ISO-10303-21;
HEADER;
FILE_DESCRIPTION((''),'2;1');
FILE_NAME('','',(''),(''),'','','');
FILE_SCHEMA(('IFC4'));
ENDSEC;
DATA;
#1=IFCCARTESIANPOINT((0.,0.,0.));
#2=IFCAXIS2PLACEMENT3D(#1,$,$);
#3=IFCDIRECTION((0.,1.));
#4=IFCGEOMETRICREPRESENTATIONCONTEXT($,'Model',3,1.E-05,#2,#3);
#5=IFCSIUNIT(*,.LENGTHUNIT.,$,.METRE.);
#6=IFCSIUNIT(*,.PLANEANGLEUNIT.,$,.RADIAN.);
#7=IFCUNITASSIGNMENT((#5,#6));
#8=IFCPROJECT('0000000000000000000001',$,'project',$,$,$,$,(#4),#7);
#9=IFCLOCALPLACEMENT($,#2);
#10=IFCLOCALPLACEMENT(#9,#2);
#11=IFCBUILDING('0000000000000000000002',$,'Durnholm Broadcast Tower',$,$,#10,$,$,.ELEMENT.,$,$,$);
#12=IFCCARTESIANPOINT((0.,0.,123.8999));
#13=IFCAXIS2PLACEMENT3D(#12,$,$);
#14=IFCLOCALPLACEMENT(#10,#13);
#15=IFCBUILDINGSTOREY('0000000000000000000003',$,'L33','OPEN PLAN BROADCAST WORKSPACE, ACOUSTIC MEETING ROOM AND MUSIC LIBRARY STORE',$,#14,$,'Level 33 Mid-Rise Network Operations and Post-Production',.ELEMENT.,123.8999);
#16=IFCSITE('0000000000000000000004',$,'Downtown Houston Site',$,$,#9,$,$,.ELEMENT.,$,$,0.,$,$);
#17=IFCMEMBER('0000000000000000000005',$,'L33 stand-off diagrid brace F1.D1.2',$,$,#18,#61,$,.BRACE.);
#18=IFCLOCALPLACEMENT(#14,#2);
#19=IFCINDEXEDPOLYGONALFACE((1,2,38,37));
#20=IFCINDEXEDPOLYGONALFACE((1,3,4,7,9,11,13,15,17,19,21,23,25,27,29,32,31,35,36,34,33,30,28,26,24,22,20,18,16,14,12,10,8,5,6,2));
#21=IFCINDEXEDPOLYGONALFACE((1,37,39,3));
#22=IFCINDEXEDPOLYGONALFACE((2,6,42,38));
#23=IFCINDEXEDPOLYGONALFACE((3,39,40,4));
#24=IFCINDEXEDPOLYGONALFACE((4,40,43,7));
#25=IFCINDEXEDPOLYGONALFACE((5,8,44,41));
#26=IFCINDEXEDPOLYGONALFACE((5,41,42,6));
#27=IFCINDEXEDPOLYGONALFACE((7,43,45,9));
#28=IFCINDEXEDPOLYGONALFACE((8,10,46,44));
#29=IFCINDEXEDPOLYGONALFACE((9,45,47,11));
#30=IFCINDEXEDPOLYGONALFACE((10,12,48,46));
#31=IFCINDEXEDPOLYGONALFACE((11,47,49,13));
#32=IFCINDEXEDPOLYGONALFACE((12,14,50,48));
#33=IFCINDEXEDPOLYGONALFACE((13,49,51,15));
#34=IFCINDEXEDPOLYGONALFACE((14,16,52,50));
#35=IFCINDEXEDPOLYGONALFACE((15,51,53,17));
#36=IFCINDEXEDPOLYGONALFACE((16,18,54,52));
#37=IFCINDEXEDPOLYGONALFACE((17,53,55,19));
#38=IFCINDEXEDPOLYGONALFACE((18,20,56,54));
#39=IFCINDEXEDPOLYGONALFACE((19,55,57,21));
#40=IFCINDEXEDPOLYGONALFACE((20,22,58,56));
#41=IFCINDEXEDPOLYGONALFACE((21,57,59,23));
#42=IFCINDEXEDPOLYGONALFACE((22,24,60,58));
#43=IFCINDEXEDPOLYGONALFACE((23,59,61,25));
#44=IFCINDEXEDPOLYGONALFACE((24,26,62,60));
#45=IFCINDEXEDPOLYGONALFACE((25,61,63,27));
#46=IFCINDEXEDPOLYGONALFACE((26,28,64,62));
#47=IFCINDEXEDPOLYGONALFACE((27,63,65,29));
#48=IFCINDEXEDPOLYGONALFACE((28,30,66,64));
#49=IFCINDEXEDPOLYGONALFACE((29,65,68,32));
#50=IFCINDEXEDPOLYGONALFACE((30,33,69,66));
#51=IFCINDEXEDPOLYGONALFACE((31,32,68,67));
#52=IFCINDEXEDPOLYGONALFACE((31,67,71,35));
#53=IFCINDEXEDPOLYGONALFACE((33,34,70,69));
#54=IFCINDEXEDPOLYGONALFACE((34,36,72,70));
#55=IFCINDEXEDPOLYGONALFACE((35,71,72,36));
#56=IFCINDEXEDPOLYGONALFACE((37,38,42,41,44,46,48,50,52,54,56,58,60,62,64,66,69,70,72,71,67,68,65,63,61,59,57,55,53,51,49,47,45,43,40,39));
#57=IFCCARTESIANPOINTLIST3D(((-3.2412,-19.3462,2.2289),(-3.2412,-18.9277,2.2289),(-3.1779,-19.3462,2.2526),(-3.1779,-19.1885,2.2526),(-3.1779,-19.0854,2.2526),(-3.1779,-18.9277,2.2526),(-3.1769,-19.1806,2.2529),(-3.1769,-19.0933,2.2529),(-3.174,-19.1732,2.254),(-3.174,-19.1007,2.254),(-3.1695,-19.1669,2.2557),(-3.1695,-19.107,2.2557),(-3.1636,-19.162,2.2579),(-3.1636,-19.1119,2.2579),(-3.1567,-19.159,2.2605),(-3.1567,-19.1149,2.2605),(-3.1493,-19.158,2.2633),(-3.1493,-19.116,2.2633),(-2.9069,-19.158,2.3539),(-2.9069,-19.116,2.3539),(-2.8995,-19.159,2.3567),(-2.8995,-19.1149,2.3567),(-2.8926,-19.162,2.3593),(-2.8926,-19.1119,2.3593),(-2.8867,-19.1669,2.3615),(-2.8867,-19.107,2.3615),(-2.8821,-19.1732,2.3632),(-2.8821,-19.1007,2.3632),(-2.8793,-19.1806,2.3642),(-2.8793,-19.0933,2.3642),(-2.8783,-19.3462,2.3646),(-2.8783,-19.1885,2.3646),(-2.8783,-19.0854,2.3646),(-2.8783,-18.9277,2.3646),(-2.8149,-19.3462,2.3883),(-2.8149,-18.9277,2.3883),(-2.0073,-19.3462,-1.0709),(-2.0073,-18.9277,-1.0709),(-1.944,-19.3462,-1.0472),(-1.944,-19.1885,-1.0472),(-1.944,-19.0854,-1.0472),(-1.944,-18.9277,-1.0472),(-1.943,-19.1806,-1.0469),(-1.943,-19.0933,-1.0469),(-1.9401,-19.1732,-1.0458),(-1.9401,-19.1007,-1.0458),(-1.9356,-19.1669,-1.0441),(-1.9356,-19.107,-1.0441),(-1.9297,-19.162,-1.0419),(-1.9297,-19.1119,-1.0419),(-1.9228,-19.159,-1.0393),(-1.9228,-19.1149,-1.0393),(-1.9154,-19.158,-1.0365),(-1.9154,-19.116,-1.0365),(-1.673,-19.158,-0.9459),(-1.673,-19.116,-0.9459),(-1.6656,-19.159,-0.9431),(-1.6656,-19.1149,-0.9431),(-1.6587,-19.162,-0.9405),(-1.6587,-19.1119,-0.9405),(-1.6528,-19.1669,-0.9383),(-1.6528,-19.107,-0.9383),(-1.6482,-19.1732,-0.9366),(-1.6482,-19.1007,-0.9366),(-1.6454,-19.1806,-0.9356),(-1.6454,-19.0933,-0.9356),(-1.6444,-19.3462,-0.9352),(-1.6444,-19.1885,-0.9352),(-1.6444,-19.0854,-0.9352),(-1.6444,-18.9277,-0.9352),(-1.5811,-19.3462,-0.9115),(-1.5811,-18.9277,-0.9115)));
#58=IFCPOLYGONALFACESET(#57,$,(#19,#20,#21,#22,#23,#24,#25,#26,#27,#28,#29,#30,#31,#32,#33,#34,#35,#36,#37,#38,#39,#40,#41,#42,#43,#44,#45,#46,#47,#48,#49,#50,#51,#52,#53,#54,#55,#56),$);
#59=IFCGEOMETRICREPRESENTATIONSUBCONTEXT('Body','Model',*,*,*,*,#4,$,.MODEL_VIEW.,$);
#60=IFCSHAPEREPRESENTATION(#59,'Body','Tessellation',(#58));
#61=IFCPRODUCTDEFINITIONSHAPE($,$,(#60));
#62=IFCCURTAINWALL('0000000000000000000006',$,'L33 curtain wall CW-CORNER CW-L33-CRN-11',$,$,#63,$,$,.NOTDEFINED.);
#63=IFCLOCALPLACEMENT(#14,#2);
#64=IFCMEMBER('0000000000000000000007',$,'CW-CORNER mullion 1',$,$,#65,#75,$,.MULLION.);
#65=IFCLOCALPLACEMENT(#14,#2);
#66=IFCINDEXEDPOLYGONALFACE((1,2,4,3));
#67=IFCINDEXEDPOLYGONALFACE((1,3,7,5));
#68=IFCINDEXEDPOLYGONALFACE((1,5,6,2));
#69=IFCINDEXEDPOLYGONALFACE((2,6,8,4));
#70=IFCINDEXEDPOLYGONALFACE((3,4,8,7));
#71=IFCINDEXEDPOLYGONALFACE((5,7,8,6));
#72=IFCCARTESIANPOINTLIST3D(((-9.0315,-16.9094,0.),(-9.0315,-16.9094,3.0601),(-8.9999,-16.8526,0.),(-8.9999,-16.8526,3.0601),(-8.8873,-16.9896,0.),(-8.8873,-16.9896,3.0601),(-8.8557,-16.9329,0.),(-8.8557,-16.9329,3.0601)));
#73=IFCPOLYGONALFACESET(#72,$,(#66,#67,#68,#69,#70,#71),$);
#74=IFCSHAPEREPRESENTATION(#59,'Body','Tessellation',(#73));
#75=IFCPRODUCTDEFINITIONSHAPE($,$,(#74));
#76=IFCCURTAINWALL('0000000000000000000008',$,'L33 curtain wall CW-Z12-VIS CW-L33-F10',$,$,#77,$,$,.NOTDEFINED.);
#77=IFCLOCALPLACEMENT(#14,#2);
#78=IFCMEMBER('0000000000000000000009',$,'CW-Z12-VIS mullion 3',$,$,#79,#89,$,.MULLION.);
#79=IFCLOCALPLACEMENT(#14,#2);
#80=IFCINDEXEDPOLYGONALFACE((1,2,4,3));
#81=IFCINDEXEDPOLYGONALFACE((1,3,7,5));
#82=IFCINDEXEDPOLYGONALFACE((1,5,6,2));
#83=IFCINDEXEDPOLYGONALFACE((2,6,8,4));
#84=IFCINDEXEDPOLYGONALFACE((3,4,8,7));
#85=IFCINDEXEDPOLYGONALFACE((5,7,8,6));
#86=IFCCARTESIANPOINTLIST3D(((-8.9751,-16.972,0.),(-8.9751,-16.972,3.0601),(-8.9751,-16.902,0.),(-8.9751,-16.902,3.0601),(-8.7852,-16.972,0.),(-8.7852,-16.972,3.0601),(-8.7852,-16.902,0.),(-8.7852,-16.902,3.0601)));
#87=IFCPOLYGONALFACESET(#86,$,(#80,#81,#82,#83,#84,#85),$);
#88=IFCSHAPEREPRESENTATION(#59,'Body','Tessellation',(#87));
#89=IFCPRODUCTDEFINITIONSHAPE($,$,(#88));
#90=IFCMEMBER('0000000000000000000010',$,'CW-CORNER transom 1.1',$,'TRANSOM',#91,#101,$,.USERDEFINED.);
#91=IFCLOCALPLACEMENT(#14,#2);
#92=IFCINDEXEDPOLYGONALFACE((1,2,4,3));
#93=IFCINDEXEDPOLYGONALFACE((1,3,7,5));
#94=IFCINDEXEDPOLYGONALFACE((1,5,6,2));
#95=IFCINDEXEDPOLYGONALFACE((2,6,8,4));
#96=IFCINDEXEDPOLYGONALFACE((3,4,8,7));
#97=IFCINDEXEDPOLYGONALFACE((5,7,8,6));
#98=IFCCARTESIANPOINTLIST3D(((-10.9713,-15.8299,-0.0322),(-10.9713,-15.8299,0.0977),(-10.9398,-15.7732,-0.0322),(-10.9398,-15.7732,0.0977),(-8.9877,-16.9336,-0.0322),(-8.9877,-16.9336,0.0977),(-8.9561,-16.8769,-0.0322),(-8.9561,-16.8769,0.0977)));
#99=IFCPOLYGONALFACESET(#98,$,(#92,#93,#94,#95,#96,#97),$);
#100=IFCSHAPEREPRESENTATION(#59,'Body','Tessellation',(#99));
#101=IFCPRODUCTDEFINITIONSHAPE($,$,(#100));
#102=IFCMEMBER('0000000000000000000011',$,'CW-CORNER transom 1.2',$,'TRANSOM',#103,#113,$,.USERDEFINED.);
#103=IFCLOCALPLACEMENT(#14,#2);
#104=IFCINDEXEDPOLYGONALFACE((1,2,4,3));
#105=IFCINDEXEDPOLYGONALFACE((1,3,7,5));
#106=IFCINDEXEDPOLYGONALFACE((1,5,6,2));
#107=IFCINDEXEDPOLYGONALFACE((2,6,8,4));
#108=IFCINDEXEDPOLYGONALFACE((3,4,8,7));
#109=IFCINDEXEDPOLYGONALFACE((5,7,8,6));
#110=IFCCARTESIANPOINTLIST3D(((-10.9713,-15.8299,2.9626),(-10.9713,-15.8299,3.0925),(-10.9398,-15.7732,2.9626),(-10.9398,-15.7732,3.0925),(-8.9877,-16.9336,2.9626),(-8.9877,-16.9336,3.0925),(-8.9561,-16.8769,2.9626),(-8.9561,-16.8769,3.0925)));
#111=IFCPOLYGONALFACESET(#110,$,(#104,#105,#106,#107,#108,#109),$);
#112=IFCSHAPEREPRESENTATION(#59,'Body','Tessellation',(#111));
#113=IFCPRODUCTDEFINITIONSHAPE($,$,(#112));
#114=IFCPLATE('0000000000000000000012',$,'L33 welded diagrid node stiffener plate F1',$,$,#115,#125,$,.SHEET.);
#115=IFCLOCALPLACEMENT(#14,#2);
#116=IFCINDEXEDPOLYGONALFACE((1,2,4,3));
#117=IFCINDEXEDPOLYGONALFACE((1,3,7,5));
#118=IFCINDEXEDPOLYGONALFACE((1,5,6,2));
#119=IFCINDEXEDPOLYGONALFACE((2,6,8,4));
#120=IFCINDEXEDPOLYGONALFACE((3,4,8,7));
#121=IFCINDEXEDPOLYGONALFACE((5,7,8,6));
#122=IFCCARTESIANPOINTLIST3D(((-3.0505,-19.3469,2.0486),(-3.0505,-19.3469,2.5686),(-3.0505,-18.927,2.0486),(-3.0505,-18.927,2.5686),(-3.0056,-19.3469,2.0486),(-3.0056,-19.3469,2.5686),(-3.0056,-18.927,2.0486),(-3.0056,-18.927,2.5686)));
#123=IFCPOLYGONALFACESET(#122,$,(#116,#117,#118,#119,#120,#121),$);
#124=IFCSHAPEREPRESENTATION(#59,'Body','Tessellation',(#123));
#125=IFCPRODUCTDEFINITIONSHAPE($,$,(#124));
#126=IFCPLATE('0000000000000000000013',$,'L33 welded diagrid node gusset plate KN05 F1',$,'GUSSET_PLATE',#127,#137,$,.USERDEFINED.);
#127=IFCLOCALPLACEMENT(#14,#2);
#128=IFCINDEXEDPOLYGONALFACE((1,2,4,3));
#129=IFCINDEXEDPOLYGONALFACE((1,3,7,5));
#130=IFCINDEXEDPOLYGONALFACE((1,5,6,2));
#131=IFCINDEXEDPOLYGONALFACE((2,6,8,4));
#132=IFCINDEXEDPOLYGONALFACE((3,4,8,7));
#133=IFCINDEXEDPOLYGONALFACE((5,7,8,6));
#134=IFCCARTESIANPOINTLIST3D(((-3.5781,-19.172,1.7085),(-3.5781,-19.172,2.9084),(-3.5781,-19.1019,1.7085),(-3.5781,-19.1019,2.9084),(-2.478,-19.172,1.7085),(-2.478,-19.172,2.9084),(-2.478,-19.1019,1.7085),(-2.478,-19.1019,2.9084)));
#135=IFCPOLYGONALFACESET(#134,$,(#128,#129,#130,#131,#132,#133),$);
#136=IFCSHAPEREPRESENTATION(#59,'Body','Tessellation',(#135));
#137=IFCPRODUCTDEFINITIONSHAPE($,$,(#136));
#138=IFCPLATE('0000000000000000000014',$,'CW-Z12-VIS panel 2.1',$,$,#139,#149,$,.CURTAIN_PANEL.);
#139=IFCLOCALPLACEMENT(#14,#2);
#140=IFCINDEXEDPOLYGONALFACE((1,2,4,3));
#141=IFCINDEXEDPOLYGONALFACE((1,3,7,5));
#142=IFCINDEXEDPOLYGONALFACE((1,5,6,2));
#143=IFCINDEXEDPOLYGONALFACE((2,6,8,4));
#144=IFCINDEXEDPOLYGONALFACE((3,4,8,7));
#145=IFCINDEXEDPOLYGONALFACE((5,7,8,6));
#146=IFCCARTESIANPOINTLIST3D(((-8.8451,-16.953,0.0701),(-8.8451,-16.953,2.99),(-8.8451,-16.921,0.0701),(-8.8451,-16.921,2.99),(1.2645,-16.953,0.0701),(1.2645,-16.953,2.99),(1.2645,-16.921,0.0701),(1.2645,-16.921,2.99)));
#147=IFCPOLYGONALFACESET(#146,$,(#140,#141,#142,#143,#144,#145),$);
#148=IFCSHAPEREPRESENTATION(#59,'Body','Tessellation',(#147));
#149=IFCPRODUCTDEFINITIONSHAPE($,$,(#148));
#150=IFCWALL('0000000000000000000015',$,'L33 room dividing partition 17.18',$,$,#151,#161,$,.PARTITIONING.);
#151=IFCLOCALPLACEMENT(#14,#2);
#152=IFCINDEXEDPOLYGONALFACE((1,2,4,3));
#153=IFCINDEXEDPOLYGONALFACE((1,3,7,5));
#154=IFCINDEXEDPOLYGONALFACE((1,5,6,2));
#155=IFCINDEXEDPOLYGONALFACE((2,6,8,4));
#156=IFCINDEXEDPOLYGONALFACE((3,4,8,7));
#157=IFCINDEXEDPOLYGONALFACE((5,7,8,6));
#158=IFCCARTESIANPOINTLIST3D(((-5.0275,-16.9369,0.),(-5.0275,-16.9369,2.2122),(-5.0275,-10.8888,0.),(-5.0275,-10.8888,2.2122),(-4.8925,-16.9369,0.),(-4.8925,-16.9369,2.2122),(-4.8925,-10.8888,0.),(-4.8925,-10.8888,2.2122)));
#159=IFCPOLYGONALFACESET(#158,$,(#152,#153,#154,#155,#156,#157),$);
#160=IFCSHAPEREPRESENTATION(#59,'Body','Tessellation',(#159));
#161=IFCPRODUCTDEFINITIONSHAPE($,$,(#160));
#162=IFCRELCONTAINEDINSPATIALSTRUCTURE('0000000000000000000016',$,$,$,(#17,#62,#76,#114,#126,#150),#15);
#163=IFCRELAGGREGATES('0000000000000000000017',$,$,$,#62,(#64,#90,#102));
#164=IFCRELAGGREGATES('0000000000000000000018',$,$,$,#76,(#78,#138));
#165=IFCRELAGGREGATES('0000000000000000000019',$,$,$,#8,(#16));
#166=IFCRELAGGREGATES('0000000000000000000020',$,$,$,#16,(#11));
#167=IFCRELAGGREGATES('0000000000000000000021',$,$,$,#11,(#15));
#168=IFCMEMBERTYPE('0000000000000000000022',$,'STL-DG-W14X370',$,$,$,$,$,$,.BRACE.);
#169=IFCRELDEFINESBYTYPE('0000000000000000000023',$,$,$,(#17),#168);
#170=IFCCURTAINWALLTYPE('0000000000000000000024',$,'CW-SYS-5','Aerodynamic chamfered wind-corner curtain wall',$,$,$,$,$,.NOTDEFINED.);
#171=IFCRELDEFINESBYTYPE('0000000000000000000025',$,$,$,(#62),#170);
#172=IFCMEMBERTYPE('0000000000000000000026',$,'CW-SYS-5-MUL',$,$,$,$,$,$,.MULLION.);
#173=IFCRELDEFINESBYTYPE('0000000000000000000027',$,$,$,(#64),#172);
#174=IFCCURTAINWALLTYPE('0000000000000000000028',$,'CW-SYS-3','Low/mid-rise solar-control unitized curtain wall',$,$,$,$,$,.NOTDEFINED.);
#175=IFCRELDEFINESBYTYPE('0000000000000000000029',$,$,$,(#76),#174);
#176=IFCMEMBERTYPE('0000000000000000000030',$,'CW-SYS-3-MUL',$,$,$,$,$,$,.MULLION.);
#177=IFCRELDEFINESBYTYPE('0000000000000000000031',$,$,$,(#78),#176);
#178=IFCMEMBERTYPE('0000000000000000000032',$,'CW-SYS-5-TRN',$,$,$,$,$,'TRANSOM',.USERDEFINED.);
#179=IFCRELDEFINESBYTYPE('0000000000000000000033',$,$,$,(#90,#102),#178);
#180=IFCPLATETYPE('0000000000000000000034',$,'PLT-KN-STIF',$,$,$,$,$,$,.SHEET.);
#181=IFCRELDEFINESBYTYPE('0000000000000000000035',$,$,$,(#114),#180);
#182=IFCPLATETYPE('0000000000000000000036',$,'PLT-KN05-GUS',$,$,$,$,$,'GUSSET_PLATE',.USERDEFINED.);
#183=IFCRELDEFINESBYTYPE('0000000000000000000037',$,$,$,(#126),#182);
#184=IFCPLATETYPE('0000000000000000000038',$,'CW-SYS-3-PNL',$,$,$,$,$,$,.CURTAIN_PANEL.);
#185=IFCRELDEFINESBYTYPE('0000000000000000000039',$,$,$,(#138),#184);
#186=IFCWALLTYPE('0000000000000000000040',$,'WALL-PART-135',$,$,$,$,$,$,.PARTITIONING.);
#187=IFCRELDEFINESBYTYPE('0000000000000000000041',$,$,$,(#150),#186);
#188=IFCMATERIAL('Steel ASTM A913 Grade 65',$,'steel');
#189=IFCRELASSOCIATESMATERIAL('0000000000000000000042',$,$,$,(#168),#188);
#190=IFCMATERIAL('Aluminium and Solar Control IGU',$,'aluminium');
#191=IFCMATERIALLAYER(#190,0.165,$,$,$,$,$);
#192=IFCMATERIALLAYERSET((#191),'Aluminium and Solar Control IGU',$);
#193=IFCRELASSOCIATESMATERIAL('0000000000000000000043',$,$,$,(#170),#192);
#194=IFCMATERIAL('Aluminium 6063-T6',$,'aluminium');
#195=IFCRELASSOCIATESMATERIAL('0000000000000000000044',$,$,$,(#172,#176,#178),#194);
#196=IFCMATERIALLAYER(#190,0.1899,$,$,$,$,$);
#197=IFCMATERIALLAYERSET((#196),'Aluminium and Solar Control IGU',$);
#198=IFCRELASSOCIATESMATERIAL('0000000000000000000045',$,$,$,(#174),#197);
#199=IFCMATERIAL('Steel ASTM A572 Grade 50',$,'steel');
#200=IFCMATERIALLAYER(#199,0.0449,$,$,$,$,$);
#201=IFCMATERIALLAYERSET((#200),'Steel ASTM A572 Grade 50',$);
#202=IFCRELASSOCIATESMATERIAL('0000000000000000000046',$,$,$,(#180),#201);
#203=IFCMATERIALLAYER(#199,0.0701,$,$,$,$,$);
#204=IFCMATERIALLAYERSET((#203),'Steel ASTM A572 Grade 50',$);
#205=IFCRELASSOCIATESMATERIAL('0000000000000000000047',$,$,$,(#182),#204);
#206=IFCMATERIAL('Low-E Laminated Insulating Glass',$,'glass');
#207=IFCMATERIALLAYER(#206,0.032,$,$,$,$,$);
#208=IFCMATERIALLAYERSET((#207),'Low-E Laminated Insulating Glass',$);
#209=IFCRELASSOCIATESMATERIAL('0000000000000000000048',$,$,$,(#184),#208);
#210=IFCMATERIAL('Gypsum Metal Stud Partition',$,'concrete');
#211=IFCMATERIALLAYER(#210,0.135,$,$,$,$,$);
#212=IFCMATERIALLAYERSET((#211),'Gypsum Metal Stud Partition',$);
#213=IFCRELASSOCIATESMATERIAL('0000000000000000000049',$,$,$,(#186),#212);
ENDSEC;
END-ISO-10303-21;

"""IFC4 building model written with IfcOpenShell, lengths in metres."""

from ifc_helpers import new_model, si_unit, direction, frame, frame_2d, origin, origin_2d, place, context, subcontext, project, spatial, rectangle, i_section, extrude, source, transform, mapped, material, layer, layer_set, material_profile, profile_set, type_object, type_shapes, element, aggregate, save


model = new_model("IFC4")

# Units and contexts
model_context = context("Model", 3, precision=1e-05, world=origin(), true_north=direction((0.0, 1.0)))
body_context = subcontext(model_context, "Body", "Model", "MODEL_VIEW")
ifc_project = project(units=[si_unit("LENGTHUNIT", "METRE"), si_unit("PLANEANGLEUNIT", "RADIAN")], contexts=[model_context])

# Site, building, storey
site_placement = place(None, origin())
site = spatial("IfcSite", under=ifc_project, at=site_placement, Name="Downtown Houston Site", CompositionType="ELEMENT", RefElevation=0.0)
building_placement = place(site_placement, origin())
building = spatial("IfcBuilding", under=site, at=building_placement, Name="Durnholm Broadcast Tower", CompositionType="ELEMENT")
storey_placement = place(building_placement, frame((0.0, 0.0, 123.8999)))
storey = spatial("IfcBuildingStorey", under=building, at=storey_placement, Name="L33", Description="OPEN PLAN BROADCAST WORKSPACE, ACOUSTIC MEETING ROOM AND MUSIC LIBRARY STORE", LongName="Level 33 Mid-Rise Network Operations and Post-Production", CompositionType="ELEMENT", Elevation=123.8999)

# Member
ifc_material_1 = material(Name="Steel ASTM A913 Grade 65", Category="steel")
ifc_material_profile_1 = material_profile(ifc_material_1, i_section(OverallWidth=0.4185, OverallDepth=0.4551, WebThickness=0.042, FlangeThickness=0.0676, FilletRadius=0.0305, at=origin_2d()), Name="W14X370")
ifc_profile_set_1 = profile_set([ifc_material_profile_1], Name="Steel ASTM A913 Grade 65")
member_type_1 = type_object("IfcMemberType", Name="STL-DG-W14X370", PredefinedType="BRACE", material=ifc_profile_set_1)
shared_shape_1 = source(origin(), body_context, "Body", "SweptSolid", [
    extrude(i_section(OverallWidth=0.4185, OverallDepth=0.4551, WebThickness=0.042, FlangeThickness=0.0676, FilletRadius=0.0305, at=origin_2d()), origin(), (0.0, 0.0, 1.0), 3.5229),
])
type_shapes(member_type_1, [shared_shape_1])
for number, where, z_axis, x_axis, name in (
    (1, (-1.7942, -19.137, -0.9912), (-0.350242, 0.0, 0.936659), (0.0, -1.0, 0.0), "L33 stand-off diagrid brace F1.D1.2"),
):
    element("IfcMember", number, at=place(storey_placement, frame(where, z_axis=z_axis, x_axis=x_axis)), inside=storey, type_object=member_type_1, Name=name, PredefinedType="BRACE", context=body_context, shape_type="MappedRepresentation", body=[
        mapped(shared_shape_1, transform((0.0, 0.0, 0.0), x_axis=(1.0, 0.0, 0.0), y_axis=(0.0, 1.0, 0.0), z_axis=(0.0, 0.0, 1.0), scale=1.0)),
    ])

# Curtain walls, members
ifc_material_2 = material(Name="Aluminium and Solar Control IGU", Category="aluminium")
ifc_layer_1 = layer(ifc_material_2, 0.165)
ifc_layer_set_1 = layer_set([ifc_layer_1], Name="Aluminium and Solar Control IGU")
curtain_wall_type_1 = type_object("IfcCurtainWallType", Name="CW-SYS-5", Description="Aerodynamic chamfered wind-corner curtain wall", PredefinedType="NOTDEFINED", material=ifc_layer_set_1)
curtain_wall_1_placement = place(storey_placement, origin())
curtain_wall_1 = element("IfcCurtainWall", 2, at=curtain_wall_1_placement, inside=storey, type_object=curtain_wall_type_1, Name="L33 curtain wall CW-CORNER CW-L33-CRN-11", PredefinedType="NOTDEFINED")
ifc_material_3 = material(Name="Aluminium 6063-T6", Category="aluminium")
ifc_material_profile_2 = material_profile(ifc_material_3, rectangle(XDim=0.0649, YDim=0.165, at=origin_2d()), Name="CWM65X165")
ifc_profile_set_2 = profile_set([ifc_material_profile_2], Name="Aluminium 6063-T6")
member_type_2 = type_object("IfcMemberType", Name="CW-SYS-5-MUL", PredefinedType="MULLION", material=ifc_profile_set_2)
shared_shape_2 = source(origin(), body_context, "Body", "SweptSolid", [
    extrude(rectangle(XDim=0.0649, YDim=0.165, at=origin_2d()), origin(), (0.0, 0.0, 1.0), 3.0601),
])
type_shapes(member_type_2, [shared_shape_2])
member_1_placement = place(storey_placement, frame((-8.9436, -16.9211, 0.0), z_axis=(0.0, 0.0, 1.0), x_axis=(-0.486244, -0.873823, 0.0)))
member_1 = element("IfcMember", 3, at=member_1_placement, type_object=member_type_2, Name="CW-CORNER mullion 1", PredefinedType="MULLION", context=body_context, shape_type="MappedRepresentation", body=[
    mapped(shared_shape_2, transform((0.0, 0.0, 0.0), x_axis=(1.0, 0.0, 0.0), y_axis=(0.0, 1.0, 0.0), z_axis=(0.0, 0.0, 1.0), scale=1.0)),
])
ifc_layer_2 = layer(ifc_material_2, 0.1899)
ifc_layer_set_2 = layer_set([ifc_layer_2], Name="Aluminium and Solar Control IGU")
curtain_wall_type_2 = type_object("IfcCurtainWallType", Name="CW-SYS-3", Description="Low/mid-rise solar-control unitized curtain wall", PredefinedType="NOTDEFINED", material=ifc_layer_set_2)
curtain_wall_2_placement = place(storey_placement, origin())
curtain_wall_2 = element("IfcCurtainWall", 4, at=curtain_wall_2_placement, inside=storey, type_object=curtain_wall_type_2, Name="L33 curtain wall CW-Z12-VIS CW-L33-F10", PredefinedType="NOTDEFINED")
ifc_material_profile_3 = material_profile(ifc_material_3, rectangle(XDim=0.0701, YDim=0.1899, at=origin_2d()), Name="CWM70X190")
ifc_profile_set_3 = profile_set([ifc_material_profile_3], Name="Aluminium 6063-T6")
member_type_3 = type_object("IfcMemberType", Name="CW-SYS-3-MUL", PredefinedType="MULLION", material=ifc_profile_set_3)
shared_shape_3 = source(origin(), body_context, "Body", "SweptSolid", [
    extrude(rectangle(XDim=0.0701, YDim=0.1899, at=origin_2d()), origin(), (0.0, 0.0, 1.0), 3.0601),
])
type_shapes(member_type_3, [shared_shape_3])
member_2_placement = place(storey_placement, frame((-8.8801, -16.937, 0.0), z_axis=(0.0, 0.0, 1.0), x_axis=(0.0, -1.0, 0.0)))
member_2 = element("IfcMember", 5, at=member_2_placement, type_object=member_type_3, Name="CW-Z12-VIS mullion 3", PredefinedType="MULLION", context=body_context, shape_type="MappedRepresentation", body=[
    mapped(shared_shape_3, transform((0.0, 0.0, 0.0), x_axis=(1.0, 0.0, 0.0), y_axis=(0.0, 1.0, 0.0), z_axis=(0.0, 0.0, 1.0), scale=1.0)),
])

# Members
ifc_material_profile_4 = material_profile(ifc_material_3, rectangle(XDim=0.0649, YDim=0.1299, at=origin_2d()), Name="CWT65X130")
ifc_profile_set_4 = profile_set([ifc_material_profile_4], Name="Aluminium 6063-T6")
member_type_4 = type_object("IfcMemberType", Name="CW-SYS-5-TRN", ElementType="TRANSOM", PredefinedType="USERDEFINED", material=ifc_profile_set_4)
shared_shape_4 = source(origin(), body_context, "Body", "SweptSolid", [
    extrude(rectangle(XDim=0.0649, YDim=0.1299, at=origin_2d()), origin(), (0.0, 0.0, 1.0), 2.27),
])
type_shapes(member_type_4, [shared_shape_4])
member_3_placement = place(storey_placement, frame((-8.9719, -16.9053, 0.0327), z_axis=(-0.873832, 0.486227, 0.0), x_axis=(-0.486227, -0.873832, 0.0)))
member_3 = element("IfcMember", 6, at=member_3_placement, type_object=member_type_4, Name="CW-CORNER transom 1.1", ObjectType="TRANSOM", PredefinedType="USERDEFINED", context=body_context, shape_type="MappedRepresentation", body=[
    mapped(shared_shape_4, transform((0.0, 0.0, 0.0), x_axis=(1.0, 0.0, 0.0), y_axis=(0.0, 1.0, 0.0), z_axis=(0.0, 0.0, 1.0), scale=1.0)),
])
member_4_placement = place(storey_placement, frame((-8.9719, -16.9053, 3.0276), z_axis=(-0.873832, 0.486227, 0.0), x_axis=(-0.486227, -0.873832, 0.0)))
member_4 = element("IfcMember", 7, at=member_4_placement, type_object=member_type_4, Name="CW-CORNER transom 1.2", ObjectType="TRANSOM", PredefinedType="USERDEFINED", context=body_context, shape_type="MappedRepresentation", body=[
    mapped(shared_shape_4, transform((0.0, 0.0, 0.0), x_axis=(1.0, 0.0, 0.0), y_axis=(0.0, 1.0, 0.0), z_axis=(0.0, 0.0, 1.0), scale=1.0)),
])
aggregate(curtain_wall_1, [member_1, member_3, member_4])

# Plates
ifc_material_4 = material(Name="Steel ASTM A572 Grade 50", Category="steel")
ifc_layer_3 = layer(ifc_material_4, 0.0449)
ifc_layer_set_3 = layer_set([ifc_layer_3], Name="Steel ASTM A572 Grade 50")
plate_type_1 = type_object("IfcPlateType", Name="PLT-KN-STIF", PredefinedType="SHEET", material=ifc_layer_set_3)
shared_shape_5 = source(origin(), body_context, "Body", "SweptSolid", [
    extrude(rectangle(XDim=0.0449, YDim=0.4199, at=origin_2d()), origin(), (0.0, 0.0, 1.0), 0.52),
])
type_shapes(plate_type_1, [shared_shape_5])
plate_1_placement = place(storey_placement, frame((-3.0281, -19.137, 2.0486), z_axis=(0.0, 0.0, 1.0), x_axis=(1.0, 0.0, 0.0)))
element("IfcPlate", 8, at=plate_1_placement, inside=storey, type_object=plate_type_1, Name="L33 welded diagrid node stiffener plate F1", PredefinedType="SHEET", context=body_context, shape_type="MappedRepresentation", body=[
    mapped(shared_shape_5, transform((0.0, 0.0, 0.0), x_axis=(1.0, 0.0, 0.0), y_axis=(0.0, 1.0, 0.0), z_axis=(0.0, 0.0, 1.0), scale=1.0)),
])
ifc_layer_4 = layer(ifc_material_4, 0.0701)
ifc_layer_set_4 = layer_set([ifc_layer_4], Name="Steel ASTM A572 Grade 50")
plate_type_2 = type_object("IfcPlateType", Name="PLT-KN05-GUS", ElementType="GUSSET_PLATE", PredefinedType="USERDEFINED", material=ifc_layer_set_4)
shared_shape_6 = source(origin(), body_context, "Body", "SweptSolid", [
    extrude(rectangle(XDim=1.1001, YDim=0.0701, at=origin_2d()), origin(), (0.0, 0.0, 1.0), 1.2),
])
type_shapes(plate_type_2, [shared_shape_6])
plate_2_placement = place(storey_placement, frame((-3.0281, -19.137, 1.7085), z_axis=(0.0, 0.0, 1.0), x_axis=(1.0, 0.0, 0.0)))
element("IfcPlate", 9, at=plate_2_placement, inside=storey, type_object=plate_type_2, Name="L33 welded diagrid node gusset plate KN05 F1", ObjectType="GUSSET_PLATE", PredefinedType="USERDEFINED", context=body_context, shape_type="MappedRepresentation", body=[
    mapped(shared_shape_6, transform((0.0, 0.0, 0.0), x_axis=(1.0, 0.0, 0.0), y_axis=(0.0, 1.0, 0.0), z_axis=(0.0, 0.0, 1.0), scale=1.0)),
])

# Plate
ifc_material_5 = material(Name="Low-E Laminated Insulating Glass", Category="glass")
ifc_layer_5 = layer(ifc_material_5, 0.032)
ifc_layer_set_5 = layer_set([ifc_layer_5], Name="Low-E Laminated Insulating Glass")
plate_type_3 = type_object("IfcPlateType", Name="CW-SYS-3-PNL", PredefinedType="CURTAIN_PANEL", material=ifc_layer_set_5)
shared_shape_7 = source(origin(), body_context, "Body", "SweptSolid", [
    extrude(rectangle(XDim=10.1096, YDim=0.032, at=origin_2d()), origin(), (0.0, 0.0, 1.0), 2.9199),
])
type_shapes(plate_type_3, [shared_shape_7])
plate_3_placement = place(storey_placement, frame((-3.7903, -16.937, 0.0701), z_axis=(0.0, 0.0, 1.0), x_axis=(-1.0, 0.0, 0.0)))
plate_3 = element("IfcPlate", 10, at=plate_3_placement, type_object=plate_type_3, Name="CW-Z12-VIS panel 2.1", PredefinedType="CURTAIN_PANEL", context=body_context, shape_type="MappedRepresentation", body=[
    mapped(shared_shape_7, transform((0.0, 0.0, 0.0), x_axis=(1.0, 0.0, 0.0), y_axis=(0.0, 1.0, 0.0), z_axis=(0.0, 0.0, 1.0), scale=1.0)),
])
aggregate(curtain_wall_2, [member_2, plate_3])

# Wall
ifc_material_6 = material(Name="Gypsum Metal Stud Partition", Category="concrete")
ifc_layer_6 = layer(ifc_material_6, 0.135)
ifc_layer_set_6 = layer_set([ifc_layer_6], Name="Gypsum Metal Stud Partition")
wall_type_1 = type_object("IfcWallType", Name="WALL-PART-135", PredefinedType="PARTITIONING", material=ifc_layer_set_6)
wall_1_placement = place(storey_placement, frame((-4.96, -10.8889, 0.0), z_axis=(0.0, 0.0, 1.0), x_axis=(0.0, -1.0, 0.0)))
element("IfcWall", 11, at=wall_1_placement, inside=storey, type_object=wall_type_1, Name="L33 room dividing partition 17.18", PredefinedType="PARTITIONING", context=body_context, shape_type="SweptSolid", body=[
    extrude(rectangle(XDim=6.0481, YDim=0.135, at=frame_2d((3.0239, 0.0))), origin(), (0.0, 0.0, 1.0), 2.2122),
])

save(model, "model.ifc")
